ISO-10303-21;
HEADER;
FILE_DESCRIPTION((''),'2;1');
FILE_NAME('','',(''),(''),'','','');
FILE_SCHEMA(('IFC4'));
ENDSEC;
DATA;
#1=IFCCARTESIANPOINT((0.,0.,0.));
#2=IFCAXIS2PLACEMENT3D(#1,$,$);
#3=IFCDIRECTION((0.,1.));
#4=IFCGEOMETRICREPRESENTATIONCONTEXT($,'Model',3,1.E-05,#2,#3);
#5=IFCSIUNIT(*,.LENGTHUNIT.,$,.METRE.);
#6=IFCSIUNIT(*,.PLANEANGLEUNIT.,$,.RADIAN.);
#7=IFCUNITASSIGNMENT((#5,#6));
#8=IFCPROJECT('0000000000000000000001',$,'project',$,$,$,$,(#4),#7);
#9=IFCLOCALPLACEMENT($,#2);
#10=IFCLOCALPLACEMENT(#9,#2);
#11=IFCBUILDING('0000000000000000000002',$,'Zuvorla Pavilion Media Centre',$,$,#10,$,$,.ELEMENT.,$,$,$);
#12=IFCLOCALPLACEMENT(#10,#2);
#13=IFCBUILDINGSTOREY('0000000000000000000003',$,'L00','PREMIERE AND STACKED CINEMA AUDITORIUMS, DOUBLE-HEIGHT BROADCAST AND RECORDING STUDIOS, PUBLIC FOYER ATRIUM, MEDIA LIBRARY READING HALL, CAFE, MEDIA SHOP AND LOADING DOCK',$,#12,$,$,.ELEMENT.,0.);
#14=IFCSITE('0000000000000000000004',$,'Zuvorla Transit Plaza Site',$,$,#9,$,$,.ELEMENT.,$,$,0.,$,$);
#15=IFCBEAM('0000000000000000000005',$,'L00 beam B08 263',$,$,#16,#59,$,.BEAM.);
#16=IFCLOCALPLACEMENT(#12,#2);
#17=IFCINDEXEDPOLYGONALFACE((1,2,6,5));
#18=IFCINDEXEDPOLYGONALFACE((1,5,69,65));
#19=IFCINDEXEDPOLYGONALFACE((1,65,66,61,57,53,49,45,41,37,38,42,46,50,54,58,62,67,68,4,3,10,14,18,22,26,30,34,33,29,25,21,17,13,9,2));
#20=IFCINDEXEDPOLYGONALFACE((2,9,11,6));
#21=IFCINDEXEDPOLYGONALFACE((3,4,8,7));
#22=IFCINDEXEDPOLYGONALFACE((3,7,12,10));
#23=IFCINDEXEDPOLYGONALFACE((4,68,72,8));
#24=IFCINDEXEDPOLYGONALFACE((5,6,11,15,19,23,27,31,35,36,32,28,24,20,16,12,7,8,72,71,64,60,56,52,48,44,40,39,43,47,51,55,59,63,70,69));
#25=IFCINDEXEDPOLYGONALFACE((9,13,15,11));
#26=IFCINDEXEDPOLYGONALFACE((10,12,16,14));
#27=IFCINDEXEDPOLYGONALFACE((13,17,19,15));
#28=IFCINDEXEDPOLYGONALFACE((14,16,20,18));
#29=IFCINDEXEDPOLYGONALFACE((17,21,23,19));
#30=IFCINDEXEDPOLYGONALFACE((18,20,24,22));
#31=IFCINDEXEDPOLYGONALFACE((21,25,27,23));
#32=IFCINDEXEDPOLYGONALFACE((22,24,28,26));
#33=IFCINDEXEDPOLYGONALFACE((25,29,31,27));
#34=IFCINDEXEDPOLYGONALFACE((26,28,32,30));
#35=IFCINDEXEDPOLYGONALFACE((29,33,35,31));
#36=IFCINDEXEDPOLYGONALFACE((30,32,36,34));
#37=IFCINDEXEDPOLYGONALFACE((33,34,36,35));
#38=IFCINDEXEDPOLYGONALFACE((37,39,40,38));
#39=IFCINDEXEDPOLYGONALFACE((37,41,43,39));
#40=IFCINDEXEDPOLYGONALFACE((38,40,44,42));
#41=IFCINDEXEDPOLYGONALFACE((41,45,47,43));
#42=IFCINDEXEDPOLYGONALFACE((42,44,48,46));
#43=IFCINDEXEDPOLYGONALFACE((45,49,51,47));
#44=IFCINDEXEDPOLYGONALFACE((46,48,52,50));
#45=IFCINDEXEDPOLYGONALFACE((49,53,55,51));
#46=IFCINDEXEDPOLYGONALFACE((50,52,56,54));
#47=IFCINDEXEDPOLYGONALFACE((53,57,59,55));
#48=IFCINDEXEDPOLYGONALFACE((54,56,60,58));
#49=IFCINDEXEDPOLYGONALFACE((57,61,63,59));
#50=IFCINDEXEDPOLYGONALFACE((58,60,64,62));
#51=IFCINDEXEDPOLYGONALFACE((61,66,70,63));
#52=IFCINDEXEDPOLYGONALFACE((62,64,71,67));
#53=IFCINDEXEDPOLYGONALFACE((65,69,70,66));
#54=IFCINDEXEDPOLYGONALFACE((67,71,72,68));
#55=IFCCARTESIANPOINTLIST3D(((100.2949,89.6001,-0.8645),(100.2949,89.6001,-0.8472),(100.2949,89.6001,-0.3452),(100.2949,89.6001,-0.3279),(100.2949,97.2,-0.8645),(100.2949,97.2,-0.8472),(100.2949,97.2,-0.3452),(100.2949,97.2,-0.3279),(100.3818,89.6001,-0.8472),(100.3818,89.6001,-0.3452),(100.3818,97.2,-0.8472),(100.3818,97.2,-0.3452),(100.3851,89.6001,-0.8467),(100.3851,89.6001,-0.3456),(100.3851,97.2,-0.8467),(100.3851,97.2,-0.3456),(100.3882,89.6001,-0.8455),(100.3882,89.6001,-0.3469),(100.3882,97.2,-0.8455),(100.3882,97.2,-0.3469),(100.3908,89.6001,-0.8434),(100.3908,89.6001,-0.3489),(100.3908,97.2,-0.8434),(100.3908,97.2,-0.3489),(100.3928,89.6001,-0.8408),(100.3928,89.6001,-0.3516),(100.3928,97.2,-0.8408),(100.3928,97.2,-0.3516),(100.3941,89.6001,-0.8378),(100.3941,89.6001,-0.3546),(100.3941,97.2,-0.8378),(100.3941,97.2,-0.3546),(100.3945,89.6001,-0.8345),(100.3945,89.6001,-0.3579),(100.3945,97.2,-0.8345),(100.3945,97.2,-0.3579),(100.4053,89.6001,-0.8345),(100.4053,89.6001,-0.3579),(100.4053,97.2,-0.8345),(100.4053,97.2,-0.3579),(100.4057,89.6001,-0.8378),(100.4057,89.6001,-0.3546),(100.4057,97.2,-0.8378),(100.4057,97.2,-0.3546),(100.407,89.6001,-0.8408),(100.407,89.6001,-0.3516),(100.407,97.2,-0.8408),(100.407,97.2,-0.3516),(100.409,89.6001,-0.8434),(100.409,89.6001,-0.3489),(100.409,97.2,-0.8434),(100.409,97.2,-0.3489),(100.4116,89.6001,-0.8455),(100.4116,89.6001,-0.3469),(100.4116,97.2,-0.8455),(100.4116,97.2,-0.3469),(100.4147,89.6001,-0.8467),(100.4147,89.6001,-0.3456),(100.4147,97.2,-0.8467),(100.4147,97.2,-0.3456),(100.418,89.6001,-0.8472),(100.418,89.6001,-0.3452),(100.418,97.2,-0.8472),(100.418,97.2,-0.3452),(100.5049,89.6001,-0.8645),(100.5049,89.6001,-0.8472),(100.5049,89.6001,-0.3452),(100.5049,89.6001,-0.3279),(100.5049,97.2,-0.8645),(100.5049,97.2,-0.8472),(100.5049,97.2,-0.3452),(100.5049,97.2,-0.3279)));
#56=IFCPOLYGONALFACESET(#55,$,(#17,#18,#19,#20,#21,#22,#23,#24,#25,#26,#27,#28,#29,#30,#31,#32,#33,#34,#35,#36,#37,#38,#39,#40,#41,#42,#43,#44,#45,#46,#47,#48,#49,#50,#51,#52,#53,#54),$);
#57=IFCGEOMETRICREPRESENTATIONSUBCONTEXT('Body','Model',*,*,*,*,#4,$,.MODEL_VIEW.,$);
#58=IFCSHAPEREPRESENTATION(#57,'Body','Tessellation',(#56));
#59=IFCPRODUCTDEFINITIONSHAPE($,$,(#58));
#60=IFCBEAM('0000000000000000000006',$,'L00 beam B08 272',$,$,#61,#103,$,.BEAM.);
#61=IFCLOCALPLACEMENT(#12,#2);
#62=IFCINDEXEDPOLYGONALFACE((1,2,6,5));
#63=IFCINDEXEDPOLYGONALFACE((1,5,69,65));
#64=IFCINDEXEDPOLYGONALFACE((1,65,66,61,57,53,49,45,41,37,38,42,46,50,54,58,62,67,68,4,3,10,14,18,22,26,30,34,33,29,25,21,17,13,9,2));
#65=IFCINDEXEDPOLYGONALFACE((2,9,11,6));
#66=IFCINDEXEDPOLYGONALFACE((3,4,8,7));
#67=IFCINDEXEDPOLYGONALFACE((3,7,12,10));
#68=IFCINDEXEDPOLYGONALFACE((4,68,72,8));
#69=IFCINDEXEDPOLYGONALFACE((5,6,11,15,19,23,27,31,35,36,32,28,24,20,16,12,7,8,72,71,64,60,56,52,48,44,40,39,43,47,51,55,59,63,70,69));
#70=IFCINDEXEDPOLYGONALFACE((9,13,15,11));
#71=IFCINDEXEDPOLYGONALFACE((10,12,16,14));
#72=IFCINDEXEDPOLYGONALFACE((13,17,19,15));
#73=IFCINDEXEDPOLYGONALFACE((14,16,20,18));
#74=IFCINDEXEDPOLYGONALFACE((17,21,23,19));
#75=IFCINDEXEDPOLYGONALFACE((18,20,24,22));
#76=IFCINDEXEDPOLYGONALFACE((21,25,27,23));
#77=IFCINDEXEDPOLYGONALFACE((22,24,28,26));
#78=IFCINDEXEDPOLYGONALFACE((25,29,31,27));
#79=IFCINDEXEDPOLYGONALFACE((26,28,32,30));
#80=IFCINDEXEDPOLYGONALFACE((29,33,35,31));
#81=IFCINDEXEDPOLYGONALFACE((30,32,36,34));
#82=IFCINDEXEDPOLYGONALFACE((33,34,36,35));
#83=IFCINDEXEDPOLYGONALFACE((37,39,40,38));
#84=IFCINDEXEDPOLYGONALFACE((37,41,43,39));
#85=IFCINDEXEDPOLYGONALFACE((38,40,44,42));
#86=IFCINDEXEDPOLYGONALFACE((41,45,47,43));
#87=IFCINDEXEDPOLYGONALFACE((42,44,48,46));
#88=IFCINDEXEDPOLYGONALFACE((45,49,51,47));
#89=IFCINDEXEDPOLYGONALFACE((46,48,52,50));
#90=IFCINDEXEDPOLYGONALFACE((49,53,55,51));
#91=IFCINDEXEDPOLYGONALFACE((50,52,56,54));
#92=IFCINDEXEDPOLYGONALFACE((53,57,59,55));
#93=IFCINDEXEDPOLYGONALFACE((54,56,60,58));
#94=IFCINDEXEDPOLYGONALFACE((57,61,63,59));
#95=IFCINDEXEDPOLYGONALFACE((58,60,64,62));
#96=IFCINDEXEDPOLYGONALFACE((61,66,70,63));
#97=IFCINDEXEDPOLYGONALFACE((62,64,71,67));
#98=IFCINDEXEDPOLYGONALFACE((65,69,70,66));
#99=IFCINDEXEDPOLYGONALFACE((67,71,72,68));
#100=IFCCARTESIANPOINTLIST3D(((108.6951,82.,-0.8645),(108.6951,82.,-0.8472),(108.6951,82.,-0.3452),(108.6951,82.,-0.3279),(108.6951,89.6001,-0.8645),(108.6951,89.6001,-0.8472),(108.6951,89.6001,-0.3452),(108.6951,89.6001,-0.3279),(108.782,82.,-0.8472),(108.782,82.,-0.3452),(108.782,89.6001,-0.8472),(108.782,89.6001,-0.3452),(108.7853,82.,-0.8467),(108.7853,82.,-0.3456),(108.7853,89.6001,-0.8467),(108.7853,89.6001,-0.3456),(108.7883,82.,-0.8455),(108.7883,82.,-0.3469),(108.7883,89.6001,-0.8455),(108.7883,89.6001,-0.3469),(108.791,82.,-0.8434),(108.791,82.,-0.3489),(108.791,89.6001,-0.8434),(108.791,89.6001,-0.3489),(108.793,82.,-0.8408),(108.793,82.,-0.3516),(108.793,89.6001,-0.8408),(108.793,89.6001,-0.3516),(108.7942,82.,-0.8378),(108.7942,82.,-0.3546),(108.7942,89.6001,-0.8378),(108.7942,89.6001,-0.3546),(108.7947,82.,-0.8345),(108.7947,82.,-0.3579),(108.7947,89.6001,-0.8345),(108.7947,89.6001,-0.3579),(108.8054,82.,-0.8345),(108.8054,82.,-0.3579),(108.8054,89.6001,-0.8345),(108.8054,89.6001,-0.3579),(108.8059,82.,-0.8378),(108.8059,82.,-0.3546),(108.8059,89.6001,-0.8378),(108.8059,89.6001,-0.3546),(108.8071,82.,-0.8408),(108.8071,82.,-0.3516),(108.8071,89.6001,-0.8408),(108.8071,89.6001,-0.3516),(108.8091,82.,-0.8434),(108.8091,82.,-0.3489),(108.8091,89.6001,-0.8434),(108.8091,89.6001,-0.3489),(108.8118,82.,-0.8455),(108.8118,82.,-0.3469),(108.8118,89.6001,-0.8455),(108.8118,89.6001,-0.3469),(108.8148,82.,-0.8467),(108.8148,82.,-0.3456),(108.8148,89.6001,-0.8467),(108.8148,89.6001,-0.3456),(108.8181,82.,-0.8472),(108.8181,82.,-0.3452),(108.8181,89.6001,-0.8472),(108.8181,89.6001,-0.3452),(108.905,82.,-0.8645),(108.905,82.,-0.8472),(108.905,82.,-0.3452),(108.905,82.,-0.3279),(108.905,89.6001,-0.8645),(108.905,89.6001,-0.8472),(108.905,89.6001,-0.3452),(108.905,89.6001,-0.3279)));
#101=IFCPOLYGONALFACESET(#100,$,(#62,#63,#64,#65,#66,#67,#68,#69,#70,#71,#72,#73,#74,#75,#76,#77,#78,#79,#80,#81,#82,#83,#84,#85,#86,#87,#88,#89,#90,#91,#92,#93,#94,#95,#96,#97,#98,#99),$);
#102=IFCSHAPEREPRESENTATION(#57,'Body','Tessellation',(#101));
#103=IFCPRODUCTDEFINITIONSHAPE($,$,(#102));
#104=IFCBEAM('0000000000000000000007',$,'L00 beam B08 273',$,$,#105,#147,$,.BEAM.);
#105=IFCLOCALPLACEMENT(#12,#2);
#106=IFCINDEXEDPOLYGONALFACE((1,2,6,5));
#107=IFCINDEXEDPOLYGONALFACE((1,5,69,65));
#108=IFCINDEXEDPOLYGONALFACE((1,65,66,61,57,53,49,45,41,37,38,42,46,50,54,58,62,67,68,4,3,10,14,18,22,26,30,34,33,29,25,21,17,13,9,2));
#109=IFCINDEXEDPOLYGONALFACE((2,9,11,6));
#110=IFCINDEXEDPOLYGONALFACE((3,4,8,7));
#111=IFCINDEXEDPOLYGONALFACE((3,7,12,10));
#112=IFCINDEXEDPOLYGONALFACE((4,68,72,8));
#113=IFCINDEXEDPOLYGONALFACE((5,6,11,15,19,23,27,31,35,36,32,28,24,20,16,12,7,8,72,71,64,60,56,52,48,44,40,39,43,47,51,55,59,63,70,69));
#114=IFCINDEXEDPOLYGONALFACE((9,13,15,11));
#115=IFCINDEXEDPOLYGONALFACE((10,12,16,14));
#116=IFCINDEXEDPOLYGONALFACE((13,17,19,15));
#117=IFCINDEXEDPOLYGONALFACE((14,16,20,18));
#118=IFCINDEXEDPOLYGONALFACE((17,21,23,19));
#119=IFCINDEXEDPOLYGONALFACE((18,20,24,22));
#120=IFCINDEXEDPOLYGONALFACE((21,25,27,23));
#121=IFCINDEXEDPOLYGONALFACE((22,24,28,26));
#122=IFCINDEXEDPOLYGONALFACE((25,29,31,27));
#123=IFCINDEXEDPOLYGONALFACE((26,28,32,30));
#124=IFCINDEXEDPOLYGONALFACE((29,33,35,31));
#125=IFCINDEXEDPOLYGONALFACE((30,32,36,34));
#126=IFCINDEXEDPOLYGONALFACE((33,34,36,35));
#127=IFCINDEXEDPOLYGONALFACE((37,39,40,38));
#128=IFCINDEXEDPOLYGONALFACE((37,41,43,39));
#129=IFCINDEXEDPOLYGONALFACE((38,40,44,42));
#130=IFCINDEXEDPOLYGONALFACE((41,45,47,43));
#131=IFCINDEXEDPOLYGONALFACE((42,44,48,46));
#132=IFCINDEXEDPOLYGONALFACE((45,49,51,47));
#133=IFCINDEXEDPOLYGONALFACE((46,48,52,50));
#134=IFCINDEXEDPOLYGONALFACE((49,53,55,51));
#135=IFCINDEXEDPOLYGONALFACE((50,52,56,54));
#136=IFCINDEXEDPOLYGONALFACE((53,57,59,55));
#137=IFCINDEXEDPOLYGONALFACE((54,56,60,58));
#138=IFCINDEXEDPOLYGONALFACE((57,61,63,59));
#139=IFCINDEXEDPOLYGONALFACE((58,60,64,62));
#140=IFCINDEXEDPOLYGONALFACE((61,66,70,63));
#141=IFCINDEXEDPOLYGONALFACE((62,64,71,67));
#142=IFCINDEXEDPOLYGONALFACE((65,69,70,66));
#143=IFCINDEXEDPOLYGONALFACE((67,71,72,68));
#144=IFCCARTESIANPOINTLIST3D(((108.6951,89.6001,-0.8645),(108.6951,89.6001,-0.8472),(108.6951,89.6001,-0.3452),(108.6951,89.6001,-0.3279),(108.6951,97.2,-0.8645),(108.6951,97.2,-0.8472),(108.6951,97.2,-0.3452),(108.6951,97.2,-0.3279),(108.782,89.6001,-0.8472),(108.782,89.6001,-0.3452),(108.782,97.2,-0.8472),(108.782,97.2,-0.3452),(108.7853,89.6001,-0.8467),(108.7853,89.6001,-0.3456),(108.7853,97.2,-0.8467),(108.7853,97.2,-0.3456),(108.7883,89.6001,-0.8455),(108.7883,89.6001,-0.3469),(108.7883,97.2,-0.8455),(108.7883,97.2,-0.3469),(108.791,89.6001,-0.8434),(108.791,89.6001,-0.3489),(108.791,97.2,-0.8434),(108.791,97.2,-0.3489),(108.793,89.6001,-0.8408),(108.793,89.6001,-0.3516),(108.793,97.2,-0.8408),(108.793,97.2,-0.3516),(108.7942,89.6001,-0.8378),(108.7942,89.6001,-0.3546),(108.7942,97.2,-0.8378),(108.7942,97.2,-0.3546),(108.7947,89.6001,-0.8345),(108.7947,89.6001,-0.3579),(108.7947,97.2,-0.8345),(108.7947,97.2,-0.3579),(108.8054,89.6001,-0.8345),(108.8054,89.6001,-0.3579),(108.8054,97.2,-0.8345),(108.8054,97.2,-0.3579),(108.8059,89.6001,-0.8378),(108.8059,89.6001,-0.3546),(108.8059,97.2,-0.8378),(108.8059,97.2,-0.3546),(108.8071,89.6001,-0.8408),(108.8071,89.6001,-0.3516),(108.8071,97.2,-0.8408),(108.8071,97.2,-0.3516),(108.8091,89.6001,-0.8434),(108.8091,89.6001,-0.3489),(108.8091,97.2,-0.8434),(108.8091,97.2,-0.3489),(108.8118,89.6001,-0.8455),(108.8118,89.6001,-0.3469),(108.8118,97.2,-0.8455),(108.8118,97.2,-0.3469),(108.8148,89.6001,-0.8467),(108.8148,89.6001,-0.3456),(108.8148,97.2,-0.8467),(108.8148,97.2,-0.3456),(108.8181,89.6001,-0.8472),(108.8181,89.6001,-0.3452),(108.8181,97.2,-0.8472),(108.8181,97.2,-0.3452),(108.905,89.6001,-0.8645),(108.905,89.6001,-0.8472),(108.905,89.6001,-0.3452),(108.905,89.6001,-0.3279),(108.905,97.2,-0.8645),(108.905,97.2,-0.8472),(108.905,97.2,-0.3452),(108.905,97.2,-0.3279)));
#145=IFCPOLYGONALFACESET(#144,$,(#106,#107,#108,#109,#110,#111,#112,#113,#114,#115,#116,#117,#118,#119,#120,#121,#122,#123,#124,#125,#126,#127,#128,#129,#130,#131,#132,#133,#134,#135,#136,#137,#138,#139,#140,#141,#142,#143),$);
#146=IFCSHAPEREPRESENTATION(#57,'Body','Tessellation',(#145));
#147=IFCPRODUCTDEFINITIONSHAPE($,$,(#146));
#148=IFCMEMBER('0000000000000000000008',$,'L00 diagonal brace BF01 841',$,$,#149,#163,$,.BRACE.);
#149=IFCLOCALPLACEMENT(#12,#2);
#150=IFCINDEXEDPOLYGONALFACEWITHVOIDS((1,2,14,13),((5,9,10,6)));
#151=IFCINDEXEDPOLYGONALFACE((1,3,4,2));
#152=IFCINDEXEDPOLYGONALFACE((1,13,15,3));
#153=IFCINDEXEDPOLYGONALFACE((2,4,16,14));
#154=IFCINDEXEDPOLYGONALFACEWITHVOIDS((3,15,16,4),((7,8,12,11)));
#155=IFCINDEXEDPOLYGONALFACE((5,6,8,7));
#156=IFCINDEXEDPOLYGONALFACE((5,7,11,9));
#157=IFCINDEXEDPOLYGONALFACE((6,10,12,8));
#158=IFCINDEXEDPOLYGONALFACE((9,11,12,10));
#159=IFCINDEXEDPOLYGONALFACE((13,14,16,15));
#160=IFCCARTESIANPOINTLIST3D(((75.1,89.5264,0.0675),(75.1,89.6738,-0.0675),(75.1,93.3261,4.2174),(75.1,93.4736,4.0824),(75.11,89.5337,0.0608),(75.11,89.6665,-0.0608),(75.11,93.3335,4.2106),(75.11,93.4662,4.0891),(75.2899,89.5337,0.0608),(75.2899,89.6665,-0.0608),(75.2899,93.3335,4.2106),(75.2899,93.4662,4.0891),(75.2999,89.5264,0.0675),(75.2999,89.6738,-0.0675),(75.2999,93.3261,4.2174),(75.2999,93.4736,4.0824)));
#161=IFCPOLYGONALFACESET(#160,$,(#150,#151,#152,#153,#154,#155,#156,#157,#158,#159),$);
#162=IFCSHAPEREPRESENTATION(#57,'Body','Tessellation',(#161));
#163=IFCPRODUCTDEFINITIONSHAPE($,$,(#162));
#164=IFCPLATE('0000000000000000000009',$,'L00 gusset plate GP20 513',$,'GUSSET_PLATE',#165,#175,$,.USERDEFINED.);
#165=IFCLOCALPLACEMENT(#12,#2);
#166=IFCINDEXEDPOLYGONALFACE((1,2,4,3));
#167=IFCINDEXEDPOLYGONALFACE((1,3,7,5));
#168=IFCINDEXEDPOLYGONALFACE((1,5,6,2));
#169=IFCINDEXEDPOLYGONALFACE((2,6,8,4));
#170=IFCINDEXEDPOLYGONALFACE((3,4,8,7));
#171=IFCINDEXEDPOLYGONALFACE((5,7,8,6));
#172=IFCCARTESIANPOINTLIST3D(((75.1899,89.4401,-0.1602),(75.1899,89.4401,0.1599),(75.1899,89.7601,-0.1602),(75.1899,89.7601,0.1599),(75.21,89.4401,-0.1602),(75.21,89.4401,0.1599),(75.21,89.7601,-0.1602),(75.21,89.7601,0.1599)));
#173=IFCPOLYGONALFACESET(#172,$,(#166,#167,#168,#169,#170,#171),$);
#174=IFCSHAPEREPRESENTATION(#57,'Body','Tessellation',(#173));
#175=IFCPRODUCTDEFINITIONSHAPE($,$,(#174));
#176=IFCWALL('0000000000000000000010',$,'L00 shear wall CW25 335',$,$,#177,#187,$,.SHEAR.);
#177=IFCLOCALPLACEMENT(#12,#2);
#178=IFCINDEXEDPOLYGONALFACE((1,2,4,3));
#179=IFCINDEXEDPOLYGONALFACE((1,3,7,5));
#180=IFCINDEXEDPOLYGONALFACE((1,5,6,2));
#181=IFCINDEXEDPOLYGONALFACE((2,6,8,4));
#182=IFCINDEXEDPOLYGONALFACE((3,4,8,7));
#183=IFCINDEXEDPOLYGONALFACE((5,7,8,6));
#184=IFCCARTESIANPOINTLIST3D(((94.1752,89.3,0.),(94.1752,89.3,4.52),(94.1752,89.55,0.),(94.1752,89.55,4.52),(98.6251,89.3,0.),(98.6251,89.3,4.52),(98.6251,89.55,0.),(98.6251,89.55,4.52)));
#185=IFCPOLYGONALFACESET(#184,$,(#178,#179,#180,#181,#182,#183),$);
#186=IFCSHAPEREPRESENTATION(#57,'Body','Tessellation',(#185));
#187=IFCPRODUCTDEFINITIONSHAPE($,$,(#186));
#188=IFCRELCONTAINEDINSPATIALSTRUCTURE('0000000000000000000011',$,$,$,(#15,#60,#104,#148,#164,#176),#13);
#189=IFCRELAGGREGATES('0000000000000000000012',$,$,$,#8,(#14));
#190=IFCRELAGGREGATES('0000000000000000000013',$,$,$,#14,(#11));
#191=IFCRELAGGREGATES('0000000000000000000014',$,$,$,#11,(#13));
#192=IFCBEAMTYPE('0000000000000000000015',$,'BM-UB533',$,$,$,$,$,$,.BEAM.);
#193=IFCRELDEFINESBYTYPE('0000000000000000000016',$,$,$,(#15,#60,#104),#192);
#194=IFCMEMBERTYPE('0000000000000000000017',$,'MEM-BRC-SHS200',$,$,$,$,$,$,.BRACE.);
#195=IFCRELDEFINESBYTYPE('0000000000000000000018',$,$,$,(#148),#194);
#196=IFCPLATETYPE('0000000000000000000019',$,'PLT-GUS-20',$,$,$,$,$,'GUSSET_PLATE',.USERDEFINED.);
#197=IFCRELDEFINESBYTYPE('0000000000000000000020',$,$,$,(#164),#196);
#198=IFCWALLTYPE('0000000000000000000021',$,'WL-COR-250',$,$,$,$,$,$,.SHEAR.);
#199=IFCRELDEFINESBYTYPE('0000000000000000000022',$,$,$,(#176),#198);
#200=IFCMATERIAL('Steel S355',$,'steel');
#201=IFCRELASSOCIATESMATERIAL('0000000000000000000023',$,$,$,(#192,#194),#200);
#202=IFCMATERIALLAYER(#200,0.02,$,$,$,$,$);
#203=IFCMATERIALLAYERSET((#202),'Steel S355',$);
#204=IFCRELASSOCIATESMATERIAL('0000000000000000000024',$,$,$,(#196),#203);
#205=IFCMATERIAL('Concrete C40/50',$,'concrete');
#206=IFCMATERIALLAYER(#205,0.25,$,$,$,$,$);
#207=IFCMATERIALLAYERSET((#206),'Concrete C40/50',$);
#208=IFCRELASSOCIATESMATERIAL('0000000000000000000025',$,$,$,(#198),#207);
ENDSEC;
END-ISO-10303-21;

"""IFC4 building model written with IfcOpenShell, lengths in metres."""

from ifc_helpers import new_model, si_unit, direction, frame, frame_2d, origin, origin_2d, place, context, subcontext, project, spatial, rectangle, hollow_rectangle, i_section, extrude, material, layer, layer_set, material_profile, profile_set, type_object, element, save


model = new_model("IFC4")

# Units and contexts
model_context = context("Model", 3, precision=1e-05, world=origin(), true_north=direction((0.0, 1.0)))
body_context = subcontext(model_context, "Body", "Model", "MODEL_VIEW")
ifc_project = project(units=[si_unit("LENGTHUNIT", "METRE"), si_unit("PLANEANGLEUNIT", "RADIAN")], contexts=[model_context])

# Site, building, storey
site_placement = place(None, origin())
site = spatial("IfcSite", under=ifc_project, at=site_placement, Name="Zuvorla Transit Plaza Site", CompositionType="ELEMENT", RefElevation=0.0)
building_placement = place(site_placement, origin())
building = spatial("IfcBuilding", under=site, at=building_placement, Name="Zuvorla Pavilion Media Centre", CompositionType="ELEMENT")
storey_placement = place(building_placement, origin())
storey = spatial("IfcBuildingStorey", under=building, at=storey_placement, Name="L00", Description="PREMIERE AND STACKED CINEMA AUDITORIUMS, DOUBLE-HEIGHT BROADCAST AND RECORDING STUDIOS, PUBLIC FOYER ATRIUM, MEDIA LIBRARY READING HALL, CAFE, MEDIA SHOP AND LOADING DOCK", CompositionType="ELEMENT", Elevation=0.0)

# Shared definitions
ifc_material_1 = material(Name="Concrete C40/50", Category="concrete")

# Beams
ifc_material_2 = material(Name="Steel S355", Category="steel")
ifc_material_profile_1 = material_profile(ifc_material_2, i_section(OverallWidth=0.21, OverallDepth=0.5366, WebThickness=0.0107, FlangeThickness=0.0173, FilletRadius=0.0127, at=origin_2d()), Name="UB 533x210x101")
ifc_profile_set_1 = profile_set([ifc_material_profile_1], Name="Steel S355")
beam_type_1 = type_object("IfcBeamType", Name="BM-UB533", PredefinedType="BEAM", material=ifc_profile_set_1)
for number, where, z_axis, x_axis, name in (
    (1, (100.3999, 89.6001, -0.5962), (0.0, 1.0, 0.0), (-1.0, 0.0, 0.0), "L00 beam B08 263"),
):
    element("IfcBeam", number, at=place(storey_placement, frame(where, z_axis=z_axis, x_axis=x_axis)), inside=storey, type_object=beam_type_1, Name=name, PredefinedType="BEAM", context=body_context, shape_type="SweptSolid", body=[
        extrude(i_section(OverallWidth=0.21, OverallDepth=0.5366, WebThickness=0.0107, FlangeThickness=0.0173, FilletRadius=0.0127, at=origin_2d()), origin(), (0.0, 0.0, 1.0), 7.5999),
    ])
beam_1_placement = place(storey_placement, frame((108.8, 82.0, -0.5962), z_axis=(0.0, 1.0, 0.0), x_axis=(-1.0, 0.0, 0.0)))
element("IfcBeam", 2, at=beam_1_placement, inside=storey, type_object=beam_type_1, Name="L00 beam B08 272", PredefinedType="BEAM", context=body_context, shape_type="SweptSolid", body=[
    extrude(i_section(OverallWidth=0.21, OverallDepth=0.5366, WebThickness=0.0107, FlangeThickness=0.0173, FilletRadius=0.0127, at=origin_2d()), origin(), (0.0, 0.0, 1.0), 7.6001),
])
beam_2_placement = place(storey_placement, frame((108.8, 89.6001, -0.5962), z_axis=(0.0, 1.0, 0.0), x_axis=(-1.0, 0.0, 0.0)))
element("IfcBeam", 3, at=beam_2_placement, inside=storey, type_object=beam_type_1, Name="L00 beam B08 273", PredefinedType="BEAM", context=body_context, shape_type="SweptSolid", body=[
    extrude(i_section(OverallWidth=0.21, OverallDepth=0.5366, WebThickness=0.0107, FlangeThickness=0.0173, FilletRadius=0.0127, at=origin_2d()), origin(), (0.0, 0.0, 1.0), 7.5999),
])

# Member
ifc_material_profile_2 = material_profile(ifc_material_2, hollow_rectangle(XDim=0.2, YDim=0.2, WallThickness=0.01, at=origin_2d()), Name="SHS 200x200x10")
ifc_profile_set_2 = profile_set([ifc_material_profile_2], Name="Steel S355")
member_type = type_object("IfcMemberType", Name="MEM-BRC-SHS200", PredefinedType="BRACE", material=ifc_profile_set_2)
member_placement = place(storey_placement, frame((75.2, 89.6001, 0.0), z_axis=(0.0, 0.675312, 0.737532), x_axis=(-1.0, 0.0, 0.0)))
element("IfcMember", 4, at=member_placement, inside=storey, type_object=member_type, Name="L00 diagonal brace BF01 841", PredefinedType="BRACE", context=body_context, shape_type="SweptSolid", body=[
    extrude(hollow_rectangle(XDim=0.2, YDim=0.2, WallThickness=0.01, at=origin_2d()), origin(), (0.0, 0.0, 1.0), 5.6267),
])

# Plate
ifc_layer_1 = layer(ifc_material_2, 0.02)
ifc_layer_set_1 = layer_set([ifc_layer_1], Name="Steel S355")
plate_type = type_object("IfcPlateType", Name="PLT-GUS-20", ElementType="GUSSET_PLATE", PredefinedType="USERDEFINED", material=ifc_layer_set_1)
plate_placement = place(storey_placement, frame((75.2, 89.6001, -0.1602), z_axis=(0.0, 0.0, 1.0), x_axis=(1.0, 0.0, 0.0)))
element("IfcPlate", 5, at=plate_placement, inside=storey, type_object=plate_type, Name="L00 gusset plate GP20 513", ObjectType="GUSSET_PLATE", PredefinedType="USERDEFINED", context=body_context, shape_type="SweptSolid", body=[
    extrude(rectangle(XDim=0.02, YDim=0.3201, at=origin_2d()), origin(), (0.0, 0.0, 1.0), 0.3201),
])

# Wall
ifc_layer_2 = layer(ifc_material_1, 0.25)
ifc_layer_set_2 = layer_set([ifc_layer_2], Name="Concrete C40/50")
wall_type_1 = type_object("IfcWallType", Name="WL-COR-250", PredefinedType="SHEAR", material=ifc_layer_set_2)
wall_1_placement = place(storey_placement, frame((94.175, 89.425, 0.0), z_axis=(0.0, 0.0, 1.0), x_axis=(1.0, 0.0, 0.0)))
element("IfcWall", 6, at=wall_1_placement, inside=storey, type_object=wall_type_1, Name="L00 shear wall CW25 335", PredefinedType="SHEAR", context=body_context, shape_type="SweptSolid", body=[
    extrude(rectangle(XDim=4.45, YDim=0.25, at=frame_2d((2.2251, 0.0))), origin(), (0.0, 0.0, 1.0), 4.52),
])

save(model, "model.ifc")
